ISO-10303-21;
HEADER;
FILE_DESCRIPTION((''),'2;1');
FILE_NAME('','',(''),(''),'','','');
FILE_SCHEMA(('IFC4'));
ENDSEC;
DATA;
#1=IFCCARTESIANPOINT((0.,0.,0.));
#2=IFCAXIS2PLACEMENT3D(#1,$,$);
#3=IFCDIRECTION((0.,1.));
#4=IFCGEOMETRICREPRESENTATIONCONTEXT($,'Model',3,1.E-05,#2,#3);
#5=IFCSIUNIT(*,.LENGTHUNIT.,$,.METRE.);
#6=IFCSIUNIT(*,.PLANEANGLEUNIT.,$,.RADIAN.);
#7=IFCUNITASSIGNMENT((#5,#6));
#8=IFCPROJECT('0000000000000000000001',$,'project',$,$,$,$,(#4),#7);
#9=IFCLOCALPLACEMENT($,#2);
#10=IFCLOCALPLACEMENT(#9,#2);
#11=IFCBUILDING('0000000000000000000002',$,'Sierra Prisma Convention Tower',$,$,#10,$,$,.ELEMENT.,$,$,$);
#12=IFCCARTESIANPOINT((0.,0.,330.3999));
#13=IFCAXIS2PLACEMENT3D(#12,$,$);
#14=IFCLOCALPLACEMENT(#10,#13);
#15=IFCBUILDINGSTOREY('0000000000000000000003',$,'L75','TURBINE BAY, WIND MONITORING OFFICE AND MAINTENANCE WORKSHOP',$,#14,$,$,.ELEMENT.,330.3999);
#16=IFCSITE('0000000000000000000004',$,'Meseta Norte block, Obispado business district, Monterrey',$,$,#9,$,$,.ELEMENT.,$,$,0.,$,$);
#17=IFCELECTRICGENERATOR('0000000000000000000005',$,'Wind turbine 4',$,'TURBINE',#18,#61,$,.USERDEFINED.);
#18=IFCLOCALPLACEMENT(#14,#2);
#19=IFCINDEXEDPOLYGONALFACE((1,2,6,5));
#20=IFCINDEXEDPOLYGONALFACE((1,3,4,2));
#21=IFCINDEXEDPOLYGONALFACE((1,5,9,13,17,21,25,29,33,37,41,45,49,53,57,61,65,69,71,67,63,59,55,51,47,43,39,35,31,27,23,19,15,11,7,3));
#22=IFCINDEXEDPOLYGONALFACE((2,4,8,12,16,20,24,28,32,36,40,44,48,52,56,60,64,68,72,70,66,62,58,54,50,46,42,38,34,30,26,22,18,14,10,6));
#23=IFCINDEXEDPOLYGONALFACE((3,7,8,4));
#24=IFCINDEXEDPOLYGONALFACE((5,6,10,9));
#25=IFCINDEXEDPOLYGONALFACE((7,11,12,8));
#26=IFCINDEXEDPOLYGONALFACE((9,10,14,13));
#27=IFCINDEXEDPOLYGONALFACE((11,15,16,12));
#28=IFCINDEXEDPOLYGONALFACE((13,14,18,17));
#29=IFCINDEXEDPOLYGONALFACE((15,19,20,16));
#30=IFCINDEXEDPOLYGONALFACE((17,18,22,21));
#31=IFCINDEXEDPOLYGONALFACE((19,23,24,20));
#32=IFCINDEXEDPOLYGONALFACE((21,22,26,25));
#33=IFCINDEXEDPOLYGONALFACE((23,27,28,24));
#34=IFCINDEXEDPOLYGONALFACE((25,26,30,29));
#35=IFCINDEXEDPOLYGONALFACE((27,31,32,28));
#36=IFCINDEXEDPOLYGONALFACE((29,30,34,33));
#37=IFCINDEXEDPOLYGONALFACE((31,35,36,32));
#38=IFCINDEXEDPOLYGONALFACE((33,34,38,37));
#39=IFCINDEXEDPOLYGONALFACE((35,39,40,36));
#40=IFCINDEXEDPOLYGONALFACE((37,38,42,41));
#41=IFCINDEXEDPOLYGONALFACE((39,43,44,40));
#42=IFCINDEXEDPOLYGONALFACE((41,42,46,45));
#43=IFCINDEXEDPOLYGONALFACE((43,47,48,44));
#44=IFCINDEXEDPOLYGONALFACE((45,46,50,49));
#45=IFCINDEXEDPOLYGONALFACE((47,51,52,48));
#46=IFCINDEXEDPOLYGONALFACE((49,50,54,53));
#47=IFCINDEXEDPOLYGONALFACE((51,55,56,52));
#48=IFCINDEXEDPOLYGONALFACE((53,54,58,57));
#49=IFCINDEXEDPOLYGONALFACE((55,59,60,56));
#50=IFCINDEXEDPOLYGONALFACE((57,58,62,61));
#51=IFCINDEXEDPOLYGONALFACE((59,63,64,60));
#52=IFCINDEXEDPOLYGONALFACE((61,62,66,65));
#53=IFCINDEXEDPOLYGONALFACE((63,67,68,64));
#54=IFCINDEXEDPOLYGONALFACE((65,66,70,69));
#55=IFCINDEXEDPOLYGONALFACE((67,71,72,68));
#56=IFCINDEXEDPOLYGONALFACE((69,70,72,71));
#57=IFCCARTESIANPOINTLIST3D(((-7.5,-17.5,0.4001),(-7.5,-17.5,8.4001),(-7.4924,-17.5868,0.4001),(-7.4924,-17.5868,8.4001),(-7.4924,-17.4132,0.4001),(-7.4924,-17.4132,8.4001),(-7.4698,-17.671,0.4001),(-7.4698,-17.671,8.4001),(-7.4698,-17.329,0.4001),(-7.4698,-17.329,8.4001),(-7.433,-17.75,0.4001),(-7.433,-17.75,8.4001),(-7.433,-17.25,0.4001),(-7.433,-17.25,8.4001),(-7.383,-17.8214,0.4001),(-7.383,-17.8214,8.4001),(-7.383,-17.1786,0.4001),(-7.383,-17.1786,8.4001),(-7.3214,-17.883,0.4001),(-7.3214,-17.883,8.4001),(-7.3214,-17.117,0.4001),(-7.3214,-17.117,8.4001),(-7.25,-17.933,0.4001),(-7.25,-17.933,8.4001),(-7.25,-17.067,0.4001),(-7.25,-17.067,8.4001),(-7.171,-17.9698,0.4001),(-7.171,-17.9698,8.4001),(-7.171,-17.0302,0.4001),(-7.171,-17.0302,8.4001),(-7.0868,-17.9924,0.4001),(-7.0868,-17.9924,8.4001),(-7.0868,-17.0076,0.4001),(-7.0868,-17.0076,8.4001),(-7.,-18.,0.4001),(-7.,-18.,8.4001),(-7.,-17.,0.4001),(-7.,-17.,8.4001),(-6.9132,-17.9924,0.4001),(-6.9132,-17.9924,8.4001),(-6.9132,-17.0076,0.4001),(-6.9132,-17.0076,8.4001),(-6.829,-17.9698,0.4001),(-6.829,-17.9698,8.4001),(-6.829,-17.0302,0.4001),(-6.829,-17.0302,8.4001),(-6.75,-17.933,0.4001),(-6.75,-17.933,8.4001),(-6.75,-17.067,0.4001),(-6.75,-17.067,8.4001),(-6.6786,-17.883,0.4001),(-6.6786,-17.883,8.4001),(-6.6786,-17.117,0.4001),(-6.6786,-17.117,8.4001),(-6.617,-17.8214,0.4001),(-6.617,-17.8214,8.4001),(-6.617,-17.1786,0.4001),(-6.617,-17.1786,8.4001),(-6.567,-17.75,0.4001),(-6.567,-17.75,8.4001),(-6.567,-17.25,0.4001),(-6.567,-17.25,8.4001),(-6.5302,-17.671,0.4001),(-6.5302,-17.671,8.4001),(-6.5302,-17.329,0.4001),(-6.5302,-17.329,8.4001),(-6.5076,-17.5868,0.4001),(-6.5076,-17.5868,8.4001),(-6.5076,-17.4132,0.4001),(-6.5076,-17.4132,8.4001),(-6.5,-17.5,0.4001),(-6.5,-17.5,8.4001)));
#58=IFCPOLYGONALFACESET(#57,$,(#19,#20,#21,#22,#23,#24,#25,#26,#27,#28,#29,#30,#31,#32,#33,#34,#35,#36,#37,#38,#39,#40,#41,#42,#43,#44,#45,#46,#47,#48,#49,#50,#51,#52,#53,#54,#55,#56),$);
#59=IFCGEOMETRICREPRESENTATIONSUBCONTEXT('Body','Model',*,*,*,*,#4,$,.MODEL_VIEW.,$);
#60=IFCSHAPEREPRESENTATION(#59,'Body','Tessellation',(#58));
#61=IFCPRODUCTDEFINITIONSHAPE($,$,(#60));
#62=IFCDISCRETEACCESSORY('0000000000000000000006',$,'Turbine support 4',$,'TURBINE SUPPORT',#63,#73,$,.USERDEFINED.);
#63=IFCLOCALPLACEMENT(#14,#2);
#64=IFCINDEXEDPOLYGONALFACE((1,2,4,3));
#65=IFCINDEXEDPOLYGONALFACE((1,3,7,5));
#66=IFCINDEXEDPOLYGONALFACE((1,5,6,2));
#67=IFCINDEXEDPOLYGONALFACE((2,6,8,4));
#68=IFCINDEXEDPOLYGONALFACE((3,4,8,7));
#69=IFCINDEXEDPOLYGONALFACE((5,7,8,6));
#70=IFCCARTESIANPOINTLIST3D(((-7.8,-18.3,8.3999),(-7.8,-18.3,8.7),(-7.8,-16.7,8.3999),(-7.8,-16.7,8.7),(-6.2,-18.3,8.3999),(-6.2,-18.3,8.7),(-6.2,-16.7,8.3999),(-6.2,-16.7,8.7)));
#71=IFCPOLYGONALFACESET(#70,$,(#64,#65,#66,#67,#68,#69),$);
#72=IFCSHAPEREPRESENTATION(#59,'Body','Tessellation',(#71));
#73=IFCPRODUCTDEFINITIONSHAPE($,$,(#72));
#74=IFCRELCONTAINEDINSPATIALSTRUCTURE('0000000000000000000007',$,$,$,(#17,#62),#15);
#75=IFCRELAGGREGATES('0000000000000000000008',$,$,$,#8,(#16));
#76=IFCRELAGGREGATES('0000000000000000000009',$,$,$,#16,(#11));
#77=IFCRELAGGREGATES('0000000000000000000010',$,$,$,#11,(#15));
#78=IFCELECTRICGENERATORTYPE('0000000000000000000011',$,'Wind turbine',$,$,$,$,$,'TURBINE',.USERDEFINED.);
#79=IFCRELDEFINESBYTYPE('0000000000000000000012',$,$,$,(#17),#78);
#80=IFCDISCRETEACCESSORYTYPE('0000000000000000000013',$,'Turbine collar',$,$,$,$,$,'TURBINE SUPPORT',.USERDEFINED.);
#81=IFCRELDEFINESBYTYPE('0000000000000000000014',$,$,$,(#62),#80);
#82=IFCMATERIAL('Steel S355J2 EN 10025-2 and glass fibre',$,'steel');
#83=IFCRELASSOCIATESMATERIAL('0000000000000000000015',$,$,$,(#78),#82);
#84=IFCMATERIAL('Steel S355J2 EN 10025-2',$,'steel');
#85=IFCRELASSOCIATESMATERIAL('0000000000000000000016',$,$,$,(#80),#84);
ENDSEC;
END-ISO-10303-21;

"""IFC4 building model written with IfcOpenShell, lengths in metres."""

from ifc_helpers import new_model, si_unit, direction, frame, origin, origin_2d, place, context, subcontext, project, spatial, rectangle, circle, extrude, material, material_profile, profile_set, type_object, element, save


model = new_model("IFC4")

# Units and contexts
model_context = context("Model", 3, precision=1e-05, world=origin(), true_north=direction((0.0, 1.0)))
body_context = subcontext(model_context, "Body", "Model", "MODEL_VIEW")
ifc_project = project(units=[si_unit("LENGTHUNIT", "METRE"), si_unit("PLANEANGLEUNIT", "RADIAN")], contexts=[model_context])

# Site, building, storey
site_placement = place(None, origin())
site = spatial("IfcSite", under=ifc_project, at=site_placement, Name="Meseta Norte block, Obispado business district, Monterrey", CompositionType="ELEMENT", RefElevation=0.0)
building_placement = place(site_placement, origin())
building = spatial("IfcBuilding", under=site, at=building_placement, Name="Sierra Prisma Convention Tower", CompositionType="ELEMENT")
storey_placement = place(building_placement, frame((0.0, 0.0, 330.3999)))
storey = spatial("IfcBuildingStorey", under=building, at=storey_placement, Name="L75", Description="TURBINE BAY, WIND MONITORING OFFICE AND MAINTENANCE WORKSHOP", CompositionType="ELEMENT", Elevation=330.3999)

# Electric generator
ifc_material_1 = material(Name="Steel S355J2 EN 10025-2 and glass fibre", Category="steel")
ifc_material_profile_1 = material_profile(ifc_material_1, circle(Radius=0.5, at=origin_2d()), Name="TURBINE 1000")
ifc_profile_set_1 = profile_set([ifc_material_profile_1], Name="Steel S355J2 EN 10025-2 and glass fibre")
electric_generator_type = type_object("IfcElectricGeneratorType", Name="Wind turbine", ElementType="TURBINE", PredefinedType="USERDEFINED", material=ifc_profile_set_1)
electric_generator_placement = place(storey_placement, frame((-7.0, -17.5, 0.4001), z_axis=(0.0, 0.0, 1.0), x_axis=(1.0, 0.0, 0.0)))
element("IfcElectricGenerator", 1, at=electric_generator_placement, inside=storey, type_object=electric_generator_type, Name="Wind turbine 4", ObjectType="TURBINE", PredefinedType="USERDEFINED", context=body_context, shape_type="SweptSolid", body=[
    extrude(circle(Radius=0.5, at=origin_2d()), origin(), (0.0, 0.0, 1.0), 8.0),
])

# Discrete accessory
ifc_material_2 = material(Name="Steel S355J2 EN 10025-2", Category="steel")
discrete_accessory_type = type_object("IfcDiscreteAccessoryType", Name="Turbine collar", ElementType="TURBINE SUPPORT", PredefinedType="USERDEFINED", material=ifc_material_2)
discrete_accessory_placement = place(storey_placement, frame((-7.0, -17.5, 8.3999), z_axis=(0.0, 0.0, 1.0), x_axis=(1.0, 0.0, 0.0)))
element("IfcDiscreteAccessory", 2, at=discrete_accessory_placement, inside=storey, type_object=discrete_accessory_type, Name="Turbine support 4", ObjectType="TURBINE SUPPORT", PredefinedType="USERDEFINED", context=body_context, shape_type="SweptSolid", body=[
    extrude(rectangle(XDim=1.6001, YDim=1.6001, at=origin_2d()), origin(), (0.0, 0.0, 1.0), 0.3),
])

save(model, "model.ifc")
